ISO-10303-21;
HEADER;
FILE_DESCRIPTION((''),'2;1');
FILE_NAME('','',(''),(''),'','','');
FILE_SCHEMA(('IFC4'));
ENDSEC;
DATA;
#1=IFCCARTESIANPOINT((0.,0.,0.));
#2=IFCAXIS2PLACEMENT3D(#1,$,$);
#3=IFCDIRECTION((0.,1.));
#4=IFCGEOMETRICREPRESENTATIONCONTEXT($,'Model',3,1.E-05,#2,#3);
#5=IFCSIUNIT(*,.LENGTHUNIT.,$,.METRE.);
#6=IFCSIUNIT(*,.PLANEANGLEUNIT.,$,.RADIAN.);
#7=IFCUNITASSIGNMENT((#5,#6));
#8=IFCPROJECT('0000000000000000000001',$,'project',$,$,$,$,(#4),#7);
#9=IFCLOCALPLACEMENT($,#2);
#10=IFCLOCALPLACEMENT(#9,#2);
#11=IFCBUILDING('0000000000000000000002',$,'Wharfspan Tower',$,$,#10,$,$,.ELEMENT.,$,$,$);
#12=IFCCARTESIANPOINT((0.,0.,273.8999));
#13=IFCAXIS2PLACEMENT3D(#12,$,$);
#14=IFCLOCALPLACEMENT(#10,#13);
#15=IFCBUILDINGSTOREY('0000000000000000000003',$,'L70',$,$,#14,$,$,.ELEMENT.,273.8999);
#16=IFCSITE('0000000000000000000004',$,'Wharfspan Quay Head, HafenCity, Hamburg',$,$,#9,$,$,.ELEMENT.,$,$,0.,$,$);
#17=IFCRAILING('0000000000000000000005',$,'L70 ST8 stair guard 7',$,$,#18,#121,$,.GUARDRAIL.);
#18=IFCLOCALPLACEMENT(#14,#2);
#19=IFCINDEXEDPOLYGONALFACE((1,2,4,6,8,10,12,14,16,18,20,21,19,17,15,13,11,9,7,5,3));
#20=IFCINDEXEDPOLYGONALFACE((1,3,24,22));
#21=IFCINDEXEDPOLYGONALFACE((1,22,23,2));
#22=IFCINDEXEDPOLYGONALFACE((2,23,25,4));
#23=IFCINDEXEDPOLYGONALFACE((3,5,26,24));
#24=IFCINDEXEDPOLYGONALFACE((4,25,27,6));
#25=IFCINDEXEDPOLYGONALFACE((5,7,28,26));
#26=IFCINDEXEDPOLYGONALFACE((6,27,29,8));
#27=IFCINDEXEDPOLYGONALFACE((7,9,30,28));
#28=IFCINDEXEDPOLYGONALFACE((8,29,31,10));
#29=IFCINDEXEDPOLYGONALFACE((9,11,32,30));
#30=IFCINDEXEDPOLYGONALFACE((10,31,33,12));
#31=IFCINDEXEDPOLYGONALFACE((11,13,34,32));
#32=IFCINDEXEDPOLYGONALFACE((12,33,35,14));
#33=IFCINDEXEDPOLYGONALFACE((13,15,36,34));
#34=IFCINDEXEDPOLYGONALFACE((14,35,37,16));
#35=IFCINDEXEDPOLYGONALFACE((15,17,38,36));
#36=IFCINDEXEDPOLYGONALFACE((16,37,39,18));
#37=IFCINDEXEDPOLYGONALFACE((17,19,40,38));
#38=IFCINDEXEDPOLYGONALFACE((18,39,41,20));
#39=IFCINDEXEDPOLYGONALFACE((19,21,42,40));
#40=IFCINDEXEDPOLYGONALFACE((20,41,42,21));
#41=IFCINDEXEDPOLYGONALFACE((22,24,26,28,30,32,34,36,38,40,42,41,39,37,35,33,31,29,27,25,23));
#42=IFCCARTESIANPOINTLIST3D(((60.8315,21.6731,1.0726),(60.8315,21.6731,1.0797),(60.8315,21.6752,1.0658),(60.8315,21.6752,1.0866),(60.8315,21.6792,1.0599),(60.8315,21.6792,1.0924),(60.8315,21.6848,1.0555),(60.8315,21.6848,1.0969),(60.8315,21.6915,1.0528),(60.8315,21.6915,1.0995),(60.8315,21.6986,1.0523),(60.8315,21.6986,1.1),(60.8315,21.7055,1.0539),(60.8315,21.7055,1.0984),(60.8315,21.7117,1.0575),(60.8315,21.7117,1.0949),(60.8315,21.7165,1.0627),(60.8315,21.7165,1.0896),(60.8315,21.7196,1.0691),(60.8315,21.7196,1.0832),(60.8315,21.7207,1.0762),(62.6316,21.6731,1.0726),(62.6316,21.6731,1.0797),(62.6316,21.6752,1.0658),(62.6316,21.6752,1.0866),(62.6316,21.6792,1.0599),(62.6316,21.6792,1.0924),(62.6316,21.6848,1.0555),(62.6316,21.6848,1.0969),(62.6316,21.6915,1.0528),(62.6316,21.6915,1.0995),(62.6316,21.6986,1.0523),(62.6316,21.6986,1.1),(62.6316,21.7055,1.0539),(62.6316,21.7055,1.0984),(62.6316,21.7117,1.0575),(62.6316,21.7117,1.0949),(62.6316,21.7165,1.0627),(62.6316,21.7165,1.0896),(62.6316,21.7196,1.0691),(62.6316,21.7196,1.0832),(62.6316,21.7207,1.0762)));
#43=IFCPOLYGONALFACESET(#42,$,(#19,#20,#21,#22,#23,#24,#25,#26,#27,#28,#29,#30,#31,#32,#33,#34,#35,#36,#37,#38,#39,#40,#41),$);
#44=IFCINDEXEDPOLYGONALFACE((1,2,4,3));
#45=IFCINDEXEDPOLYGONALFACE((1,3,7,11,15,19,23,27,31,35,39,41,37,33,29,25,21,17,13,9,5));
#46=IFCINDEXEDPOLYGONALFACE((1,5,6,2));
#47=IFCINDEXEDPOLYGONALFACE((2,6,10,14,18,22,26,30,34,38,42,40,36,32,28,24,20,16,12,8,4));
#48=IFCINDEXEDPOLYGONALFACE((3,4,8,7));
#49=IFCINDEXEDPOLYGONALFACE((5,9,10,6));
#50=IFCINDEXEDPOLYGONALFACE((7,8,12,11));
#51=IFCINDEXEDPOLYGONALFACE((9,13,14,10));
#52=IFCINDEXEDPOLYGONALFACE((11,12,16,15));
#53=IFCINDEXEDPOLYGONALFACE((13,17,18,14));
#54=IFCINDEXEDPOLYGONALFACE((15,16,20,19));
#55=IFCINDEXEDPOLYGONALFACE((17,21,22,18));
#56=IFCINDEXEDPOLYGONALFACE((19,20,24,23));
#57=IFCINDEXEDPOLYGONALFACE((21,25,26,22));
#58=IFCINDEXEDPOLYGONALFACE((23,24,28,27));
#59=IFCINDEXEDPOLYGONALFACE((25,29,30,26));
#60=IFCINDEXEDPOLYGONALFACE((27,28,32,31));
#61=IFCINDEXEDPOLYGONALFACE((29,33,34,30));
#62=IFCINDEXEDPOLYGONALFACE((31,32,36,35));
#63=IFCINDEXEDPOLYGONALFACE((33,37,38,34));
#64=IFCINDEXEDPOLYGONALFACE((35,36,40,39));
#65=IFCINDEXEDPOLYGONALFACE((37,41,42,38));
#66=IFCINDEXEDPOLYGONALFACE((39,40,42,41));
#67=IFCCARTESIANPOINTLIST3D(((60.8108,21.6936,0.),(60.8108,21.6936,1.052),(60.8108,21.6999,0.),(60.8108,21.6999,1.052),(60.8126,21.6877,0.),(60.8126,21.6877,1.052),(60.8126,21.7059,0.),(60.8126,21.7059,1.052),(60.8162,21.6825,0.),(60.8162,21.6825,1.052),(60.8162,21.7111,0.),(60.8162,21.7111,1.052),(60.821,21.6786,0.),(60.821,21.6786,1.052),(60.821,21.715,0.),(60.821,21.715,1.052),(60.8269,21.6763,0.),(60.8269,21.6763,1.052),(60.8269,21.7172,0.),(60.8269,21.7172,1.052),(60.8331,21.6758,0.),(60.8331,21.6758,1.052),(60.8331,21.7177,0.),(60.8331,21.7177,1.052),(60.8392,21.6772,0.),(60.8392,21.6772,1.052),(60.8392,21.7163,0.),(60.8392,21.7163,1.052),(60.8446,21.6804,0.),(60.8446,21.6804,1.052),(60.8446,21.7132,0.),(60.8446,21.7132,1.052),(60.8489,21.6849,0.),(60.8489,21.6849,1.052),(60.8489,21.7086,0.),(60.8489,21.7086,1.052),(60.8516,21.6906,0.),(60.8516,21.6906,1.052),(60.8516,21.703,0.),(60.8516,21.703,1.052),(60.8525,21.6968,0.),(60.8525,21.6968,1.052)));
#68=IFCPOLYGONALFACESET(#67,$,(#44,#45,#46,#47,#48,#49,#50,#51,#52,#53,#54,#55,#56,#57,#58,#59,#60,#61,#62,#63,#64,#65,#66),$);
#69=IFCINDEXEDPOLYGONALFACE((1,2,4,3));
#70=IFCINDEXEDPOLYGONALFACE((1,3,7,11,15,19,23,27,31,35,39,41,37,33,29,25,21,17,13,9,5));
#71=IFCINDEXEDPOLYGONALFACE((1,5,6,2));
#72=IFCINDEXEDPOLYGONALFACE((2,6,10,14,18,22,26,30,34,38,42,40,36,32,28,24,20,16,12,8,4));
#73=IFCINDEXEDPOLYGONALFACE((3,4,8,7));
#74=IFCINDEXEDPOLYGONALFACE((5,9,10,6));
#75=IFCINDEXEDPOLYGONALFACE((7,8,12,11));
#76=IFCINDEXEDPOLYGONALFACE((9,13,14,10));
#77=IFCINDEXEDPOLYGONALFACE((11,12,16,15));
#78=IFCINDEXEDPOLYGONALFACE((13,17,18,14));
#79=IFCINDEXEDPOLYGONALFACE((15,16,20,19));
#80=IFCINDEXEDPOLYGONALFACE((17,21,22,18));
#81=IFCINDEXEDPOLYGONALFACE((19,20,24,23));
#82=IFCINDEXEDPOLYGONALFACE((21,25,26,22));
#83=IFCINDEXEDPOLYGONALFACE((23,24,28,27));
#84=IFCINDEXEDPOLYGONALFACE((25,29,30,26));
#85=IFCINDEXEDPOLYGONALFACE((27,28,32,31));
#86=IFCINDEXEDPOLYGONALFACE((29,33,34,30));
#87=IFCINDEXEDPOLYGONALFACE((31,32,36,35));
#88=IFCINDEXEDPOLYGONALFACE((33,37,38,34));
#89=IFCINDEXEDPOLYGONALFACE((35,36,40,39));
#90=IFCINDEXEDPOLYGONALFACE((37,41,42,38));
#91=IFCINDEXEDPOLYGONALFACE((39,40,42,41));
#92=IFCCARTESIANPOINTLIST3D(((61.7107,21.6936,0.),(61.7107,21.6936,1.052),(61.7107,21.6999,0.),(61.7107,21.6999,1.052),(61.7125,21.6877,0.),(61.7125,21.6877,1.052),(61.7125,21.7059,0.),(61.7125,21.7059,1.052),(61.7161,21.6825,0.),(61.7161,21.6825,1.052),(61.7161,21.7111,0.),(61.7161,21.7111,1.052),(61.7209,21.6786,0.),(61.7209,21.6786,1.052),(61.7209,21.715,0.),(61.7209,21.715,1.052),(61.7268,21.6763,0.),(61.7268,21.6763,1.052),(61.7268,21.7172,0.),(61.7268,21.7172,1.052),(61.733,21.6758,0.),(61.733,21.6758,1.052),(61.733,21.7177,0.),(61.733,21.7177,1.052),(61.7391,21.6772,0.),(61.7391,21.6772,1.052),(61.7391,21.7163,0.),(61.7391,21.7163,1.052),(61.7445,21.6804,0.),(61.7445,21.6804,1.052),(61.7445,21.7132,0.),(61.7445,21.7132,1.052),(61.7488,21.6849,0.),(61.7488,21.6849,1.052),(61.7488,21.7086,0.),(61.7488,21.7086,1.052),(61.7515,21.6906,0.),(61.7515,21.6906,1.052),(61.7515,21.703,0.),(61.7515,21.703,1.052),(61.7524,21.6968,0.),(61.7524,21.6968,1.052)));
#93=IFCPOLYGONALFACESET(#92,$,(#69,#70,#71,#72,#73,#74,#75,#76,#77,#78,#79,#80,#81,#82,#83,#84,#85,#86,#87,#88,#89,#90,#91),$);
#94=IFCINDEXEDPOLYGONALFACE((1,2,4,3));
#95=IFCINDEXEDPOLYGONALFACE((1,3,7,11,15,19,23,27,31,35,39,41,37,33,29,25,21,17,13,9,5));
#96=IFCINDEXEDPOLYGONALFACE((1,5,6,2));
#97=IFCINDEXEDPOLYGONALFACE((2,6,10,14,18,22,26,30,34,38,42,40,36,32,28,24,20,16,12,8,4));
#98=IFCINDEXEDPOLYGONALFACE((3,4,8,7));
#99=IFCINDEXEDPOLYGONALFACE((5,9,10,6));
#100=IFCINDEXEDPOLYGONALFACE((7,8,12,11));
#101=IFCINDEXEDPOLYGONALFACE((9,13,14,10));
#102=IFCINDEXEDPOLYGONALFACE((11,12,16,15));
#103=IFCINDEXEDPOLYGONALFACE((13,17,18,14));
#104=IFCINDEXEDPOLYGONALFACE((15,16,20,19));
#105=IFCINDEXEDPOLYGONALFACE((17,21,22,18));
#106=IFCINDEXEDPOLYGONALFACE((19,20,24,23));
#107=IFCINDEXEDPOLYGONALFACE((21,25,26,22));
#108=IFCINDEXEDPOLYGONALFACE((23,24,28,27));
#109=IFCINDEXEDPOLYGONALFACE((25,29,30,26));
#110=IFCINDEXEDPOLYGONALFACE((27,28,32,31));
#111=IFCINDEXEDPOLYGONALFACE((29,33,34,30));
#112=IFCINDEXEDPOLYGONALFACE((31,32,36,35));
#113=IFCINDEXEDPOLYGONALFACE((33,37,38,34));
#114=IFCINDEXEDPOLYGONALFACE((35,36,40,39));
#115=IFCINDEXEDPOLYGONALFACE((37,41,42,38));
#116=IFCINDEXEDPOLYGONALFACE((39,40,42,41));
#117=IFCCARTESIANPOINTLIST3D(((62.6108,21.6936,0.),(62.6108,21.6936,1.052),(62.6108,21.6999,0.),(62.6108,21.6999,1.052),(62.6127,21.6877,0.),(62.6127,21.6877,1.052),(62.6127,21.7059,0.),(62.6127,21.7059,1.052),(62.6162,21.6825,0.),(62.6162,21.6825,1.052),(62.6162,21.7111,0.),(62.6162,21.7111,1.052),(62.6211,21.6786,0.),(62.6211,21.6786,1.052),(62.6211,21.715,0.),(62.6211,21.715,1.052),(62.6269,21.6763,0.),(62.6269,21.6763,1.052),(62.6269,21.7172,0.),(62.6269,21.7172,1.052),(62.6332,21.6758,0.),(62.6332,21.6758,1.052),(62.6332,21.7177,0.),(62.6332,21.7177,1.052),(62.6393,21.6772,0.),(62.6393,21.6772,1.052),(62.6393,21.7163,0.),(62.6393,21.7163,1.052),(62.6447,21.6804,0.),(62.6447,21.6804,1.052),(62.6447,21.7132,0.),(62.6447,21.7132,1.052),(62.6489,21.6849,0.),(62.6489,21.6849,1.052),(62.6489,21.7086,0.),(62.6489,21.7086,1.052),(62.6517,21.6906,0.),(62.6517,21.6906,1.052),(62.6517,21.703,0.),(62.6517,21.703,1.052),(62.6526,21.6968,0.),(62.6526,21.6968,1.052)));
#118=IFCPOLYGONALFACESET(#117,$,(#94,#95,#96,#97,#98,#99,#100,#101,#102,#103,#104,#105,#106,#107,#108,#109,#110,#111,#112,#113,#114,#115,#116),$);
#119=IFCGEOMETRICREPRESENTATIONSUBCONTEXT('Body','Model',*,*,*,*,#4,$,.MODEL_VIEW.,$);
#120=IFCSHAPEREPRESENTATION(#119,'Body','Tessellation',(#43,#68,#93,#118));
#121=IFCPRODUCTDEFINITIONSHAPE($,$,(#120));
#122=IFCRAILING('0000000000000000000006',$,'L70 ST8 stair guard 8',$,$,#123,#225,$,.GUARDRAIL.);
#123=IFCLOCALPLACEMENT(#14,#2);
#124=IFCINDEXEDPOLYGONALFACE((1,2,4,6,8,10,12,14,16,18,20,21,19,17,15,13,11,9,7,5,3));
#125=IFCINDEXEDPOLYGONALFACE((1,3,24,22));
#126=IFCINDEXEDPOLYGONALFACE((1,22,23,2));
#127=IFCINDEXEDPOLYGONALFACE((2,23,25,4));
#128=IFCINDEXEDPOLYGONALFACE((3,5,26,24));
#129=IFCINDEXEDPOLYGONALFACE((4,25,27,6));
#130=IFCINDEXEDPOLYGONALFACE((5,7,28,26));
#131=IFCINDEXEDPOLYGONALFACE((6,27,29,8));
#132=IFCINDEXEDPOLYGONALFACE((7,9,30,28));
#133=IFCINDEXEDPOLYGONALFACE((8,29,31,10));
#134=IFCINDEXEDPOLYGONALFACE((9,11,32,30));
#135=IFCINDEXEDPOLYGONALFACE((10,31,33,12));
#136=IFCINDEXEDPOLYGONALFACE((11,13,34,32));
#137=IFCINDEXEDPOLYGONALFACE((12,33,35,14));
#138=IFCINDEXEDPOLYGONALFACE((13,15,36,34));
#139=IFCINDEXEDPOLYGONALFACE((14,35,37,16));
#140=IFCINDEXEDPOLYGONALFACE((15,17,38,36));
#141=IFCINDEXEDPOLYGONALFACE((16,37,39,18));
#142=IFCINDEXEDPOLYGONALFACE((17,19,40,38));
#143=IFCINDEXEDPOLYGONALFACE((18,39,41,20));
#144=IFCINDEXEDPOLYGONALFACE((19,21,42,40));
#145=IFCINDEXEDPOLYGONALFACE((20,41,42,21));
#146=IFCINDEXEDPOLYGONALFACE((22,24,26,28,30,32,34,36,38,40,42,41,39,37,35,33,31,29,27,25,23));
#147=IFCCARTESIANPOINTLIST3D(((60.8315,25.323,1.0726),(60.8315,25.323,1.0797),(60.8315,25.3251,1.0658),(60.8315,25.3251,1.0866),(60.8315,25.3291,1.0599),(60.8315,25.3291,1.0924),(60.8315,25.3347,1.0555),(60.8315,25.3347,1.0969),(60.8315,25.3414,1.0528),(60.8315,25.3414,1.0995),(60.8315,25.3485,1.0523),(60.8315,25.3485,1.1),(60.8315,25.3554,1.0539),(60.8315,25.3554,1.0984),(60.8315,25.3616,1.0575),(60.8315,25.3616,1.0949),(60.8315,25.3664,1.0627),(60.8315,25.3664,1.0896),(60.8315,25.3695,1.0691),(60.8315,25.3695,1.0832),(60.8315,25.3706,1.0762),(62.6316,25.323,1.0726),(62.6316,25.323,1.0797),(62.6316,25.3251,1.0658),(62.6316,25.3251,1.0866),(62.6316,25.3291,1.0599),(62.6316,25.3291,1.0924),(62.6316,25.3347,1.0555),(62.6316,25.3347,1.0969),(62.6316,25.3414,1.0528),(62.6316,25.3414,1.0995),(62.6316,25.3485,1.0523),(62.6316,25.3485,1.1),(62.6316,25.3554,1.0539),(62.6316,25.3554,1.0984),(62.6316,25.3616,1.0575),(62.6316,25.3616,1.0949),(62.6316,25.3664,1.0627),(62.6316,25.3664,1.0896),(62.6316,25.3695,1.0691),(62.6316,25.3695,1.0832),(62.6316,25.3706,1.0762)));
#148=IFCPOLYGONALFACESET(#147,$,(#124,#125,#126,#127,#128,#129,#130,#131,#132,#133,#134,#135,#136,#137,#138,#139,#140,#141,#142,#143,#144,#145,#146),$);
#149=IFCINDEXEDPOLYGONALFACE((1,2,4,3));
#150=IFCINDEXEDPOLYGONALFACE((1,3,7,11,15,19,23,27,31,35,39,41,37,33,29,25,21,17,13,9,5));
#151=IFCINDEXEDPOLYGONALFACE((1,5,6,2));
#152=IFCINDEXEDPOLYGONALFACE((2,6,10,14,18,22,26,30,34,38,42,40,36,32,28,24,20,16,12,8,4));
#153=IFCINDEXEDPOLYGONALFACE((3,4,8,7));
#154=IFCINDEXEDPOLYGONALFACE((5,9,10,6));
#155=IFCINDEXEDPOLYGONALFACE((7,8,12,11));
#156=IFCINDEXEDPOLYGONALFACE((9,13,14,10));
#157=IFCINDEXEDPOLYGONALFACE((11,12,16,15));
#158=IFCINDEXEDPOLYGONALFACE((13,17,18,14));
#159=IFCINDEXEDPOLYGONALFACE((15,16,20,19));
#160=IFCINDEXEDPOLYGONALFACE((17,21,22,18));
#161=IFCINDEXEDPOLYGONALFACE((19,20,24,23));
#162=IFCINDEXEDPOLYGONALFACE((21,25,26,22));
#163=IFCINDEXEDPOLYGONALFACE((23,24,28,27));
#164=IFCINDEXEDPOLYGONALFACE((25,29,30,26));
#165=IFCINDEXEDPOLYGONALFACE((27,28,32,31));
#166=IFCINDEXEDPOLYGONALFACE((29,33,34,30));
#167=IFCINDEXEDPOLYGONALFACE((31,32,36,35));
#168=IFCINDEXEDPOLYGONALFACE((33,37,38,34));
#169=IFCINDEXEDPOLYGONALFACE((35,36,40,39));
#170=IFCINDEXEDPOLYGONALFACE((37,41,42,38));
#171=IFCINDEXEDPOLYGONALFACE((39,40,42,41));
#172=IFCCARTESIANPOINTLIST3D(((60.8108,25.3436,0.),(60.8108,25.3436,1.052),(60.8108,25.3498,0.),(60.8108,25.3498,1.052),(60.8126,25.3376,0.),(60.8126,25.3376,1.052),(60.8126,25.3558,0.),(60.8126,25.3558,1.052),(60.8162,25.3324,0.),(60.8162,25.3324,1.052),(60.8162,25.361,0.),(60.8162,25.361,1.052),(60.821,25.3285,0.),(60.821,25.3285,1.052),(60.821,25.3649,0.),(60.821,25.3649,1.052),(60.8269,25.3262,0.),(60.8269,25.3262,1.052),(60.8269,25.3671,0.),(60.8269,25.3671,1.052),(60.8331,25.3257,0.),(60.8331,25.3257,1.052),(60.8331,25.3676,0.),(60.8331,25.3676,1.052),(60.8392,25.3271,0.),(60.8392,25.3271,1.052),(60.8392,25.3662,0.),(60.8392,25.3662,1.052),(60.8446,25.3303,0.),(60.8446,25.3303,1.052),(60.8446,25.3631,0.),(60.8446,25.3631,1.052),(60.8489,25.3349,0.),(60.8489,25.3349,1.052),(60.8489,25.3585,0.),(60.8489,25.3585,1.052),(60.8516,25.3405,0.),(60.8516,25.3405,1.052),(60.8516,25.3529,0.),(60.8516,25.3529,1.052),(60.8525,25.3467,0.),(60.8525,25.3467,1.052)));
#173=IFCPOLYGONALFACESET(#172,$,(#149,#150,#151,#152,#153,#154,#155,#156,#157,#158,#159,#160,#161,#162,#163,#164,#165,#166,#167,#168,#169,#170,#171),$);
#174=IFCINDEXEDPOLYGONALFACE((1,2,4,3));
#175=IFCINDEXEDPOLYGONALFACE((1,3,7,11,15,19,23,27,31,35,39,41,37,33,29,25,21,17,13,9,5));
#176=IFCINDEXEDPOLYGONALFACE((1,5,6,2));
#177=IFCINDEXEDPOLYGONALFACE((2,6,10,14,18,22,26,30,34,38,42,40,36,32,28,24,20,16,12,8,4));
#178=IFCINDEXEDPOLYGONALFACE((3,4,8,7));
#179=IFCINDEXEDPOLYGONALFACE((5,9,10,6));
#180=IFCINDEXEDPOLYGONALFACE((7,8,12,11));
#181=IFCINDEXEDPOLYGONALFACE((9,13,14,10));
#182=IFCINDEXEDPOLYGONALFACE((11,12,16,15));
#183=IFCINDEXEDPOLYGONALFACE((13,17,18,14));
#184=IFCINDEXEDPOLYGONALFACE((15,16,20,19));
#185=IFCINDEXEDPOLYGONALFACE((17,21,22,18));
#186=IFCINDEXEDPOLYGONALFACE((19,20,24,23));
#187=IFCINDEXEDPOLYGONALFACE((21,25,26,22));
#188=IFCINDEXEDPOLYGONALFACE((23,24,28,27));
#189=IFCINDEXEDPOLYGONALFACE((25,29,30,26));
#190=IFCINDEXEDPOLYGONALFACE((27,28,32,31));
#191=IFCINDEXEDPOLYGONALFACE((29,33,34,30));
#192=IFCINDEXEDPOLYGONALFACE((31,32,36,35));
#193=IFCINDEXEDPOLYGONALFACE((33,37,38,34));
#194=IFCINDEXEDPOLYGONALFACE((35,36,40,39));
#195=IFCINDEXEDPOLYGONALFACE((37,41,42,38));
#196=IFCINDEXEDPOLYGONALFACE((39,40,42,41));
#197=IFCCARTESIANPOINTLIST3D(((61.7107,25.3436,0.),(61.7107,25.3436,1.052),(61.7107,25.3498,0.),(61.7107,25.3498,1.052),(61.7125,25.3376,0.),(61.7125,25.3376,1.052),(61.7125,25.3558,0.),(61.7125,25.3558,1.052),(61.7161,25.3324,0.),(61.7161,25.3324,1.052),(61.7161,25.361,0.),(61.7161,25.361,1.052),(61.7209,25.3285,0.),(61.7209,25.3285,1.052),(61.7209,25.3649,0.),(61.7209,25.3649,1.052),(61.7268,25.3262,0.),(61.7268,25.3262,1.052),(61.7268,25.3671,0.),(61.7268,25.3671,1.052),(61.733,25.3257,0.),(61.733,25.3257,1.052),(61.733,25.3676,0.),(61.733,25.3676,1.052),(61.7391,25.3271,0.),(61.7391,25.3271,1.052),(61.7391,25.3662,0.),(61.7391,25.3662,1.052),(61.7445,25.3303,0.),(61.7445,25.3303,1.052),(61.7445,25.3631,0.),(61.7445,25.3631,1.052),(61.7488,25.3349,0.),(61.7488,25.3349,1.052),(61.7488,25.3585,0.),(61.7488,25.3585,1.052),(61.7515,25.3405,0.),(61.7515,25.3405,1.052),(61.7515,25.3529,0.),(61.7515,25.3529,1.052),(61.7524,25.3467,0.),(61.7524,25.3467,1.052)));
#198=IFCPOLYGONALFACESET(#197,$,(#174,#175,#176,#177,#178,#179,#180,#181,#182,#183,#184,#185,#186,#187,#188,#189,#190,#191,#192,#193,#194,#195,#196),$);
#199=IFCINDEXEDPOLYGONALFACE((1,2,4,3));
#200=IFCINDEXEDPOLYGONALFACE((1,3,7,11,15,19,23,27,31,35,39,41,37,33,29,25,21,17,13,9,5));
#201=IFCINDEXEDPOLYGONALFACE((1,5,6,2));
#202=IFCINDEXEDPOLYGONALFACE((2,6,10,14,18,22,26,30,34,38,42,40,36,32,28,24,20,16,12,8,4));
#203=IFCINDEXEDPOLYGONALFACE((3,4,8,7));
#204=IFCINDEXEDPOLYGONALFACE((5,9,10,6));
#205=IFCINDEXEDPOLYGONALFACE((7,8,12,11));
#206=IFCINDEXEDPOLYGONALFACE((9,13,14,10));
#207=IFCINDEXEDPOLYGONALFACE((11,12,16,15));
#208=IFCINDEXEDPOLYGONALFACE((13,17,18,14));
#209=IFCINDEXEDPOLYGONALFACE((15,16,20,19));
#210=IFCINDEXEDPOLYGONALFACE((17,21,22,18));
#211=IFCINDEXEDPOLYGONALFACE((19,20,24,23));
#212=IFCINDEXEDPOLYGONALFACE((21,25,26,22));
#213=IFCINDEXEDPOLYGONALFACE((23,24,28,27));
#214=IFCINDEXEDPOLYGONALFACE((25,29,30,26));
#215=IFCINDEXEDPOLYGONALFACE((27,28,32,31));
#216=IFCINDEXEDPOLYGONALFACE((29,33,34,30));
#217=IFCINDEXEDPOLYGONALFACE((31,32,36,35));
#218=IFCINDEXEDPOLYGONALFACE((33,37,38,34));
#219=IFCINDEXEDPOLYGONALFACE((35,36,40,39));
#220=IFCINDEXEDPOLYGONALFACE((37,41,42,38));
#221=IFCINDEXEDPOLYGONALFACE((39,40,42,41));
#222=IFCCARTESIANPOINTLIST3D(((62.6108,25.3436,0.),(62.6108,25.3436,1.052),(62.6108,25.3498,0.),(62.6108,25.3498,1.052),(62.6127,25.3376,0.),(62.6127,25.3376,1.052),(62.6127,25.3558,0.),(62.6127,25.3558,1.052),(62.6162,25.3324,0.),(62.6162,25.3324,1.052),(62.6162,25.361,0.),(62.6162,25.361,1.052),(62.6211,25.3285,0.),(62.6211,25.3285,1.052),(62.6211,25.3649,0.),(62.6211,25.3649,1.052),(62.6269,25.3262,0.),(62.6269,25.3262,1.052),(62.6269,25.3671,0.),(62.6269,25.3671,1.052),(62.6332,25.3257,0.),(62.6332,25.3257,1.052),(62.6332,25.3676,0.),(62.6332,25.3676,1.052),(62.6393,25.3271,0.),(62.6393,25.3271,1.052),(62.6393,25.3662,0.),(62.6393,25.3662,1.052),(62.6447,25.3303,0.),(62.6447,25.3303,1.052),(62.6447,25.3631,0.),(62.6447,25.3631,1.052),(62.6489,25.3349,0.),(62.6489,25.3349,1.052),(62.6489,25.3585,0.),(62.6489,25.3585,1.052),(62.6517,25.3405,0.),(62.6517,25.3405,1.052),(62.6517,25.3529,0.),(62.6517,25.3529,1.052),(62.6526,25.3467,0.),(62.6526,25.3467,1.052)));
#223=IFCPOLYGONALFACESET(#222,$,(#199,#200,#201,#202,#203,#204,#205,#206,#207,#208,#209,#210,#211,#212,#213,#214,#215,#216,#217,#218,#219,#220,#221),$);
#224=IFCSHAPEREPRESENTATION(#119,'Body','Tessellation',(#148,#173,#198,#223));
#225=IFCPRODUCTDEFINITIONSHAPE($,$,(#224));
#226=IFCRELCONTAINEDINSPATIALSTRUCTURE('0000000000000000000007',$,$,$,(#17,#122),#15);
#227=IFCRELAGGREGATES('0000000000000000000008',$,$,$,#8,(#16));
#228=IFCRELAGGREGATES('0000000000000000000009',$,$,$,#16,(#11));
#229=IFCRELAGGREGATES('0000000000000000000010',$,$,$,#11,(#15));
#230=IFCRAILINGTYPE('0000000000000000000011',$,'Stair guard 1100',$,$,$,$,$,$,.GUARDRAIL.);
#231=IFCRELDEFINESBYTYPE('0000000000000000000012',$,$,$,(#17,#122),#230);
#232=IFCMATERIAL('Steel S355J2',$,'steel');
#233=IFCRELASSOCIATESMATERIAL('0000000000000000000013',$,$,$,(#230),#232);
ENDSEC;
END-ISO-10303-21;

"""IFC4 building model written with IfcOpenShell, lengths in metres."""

from ifc_helpers import new_model, si_unit, direction, frame, origin, origin_2d, place, context, subcontext, project, spatial, circle, extrude, material, type_object, element, save


model = new_model("IFC4")

# Units and contexts
model_context = context("Model", 3, precision=1e-05, world=origin(), true_north=direction((0.0, 1.0)))
body_context = subcontext(model_context, "Body", "Model", "MODEL_VIEW")
ifc_project = project(units=[si_unit("LENGTHUNIT", "METRE"), si_unit("PLANEANGLEUNIT", "RADIAN")], contexts=[model_context])

# Site, building, storey
site_placement = place(None, origin())
site = spatial("IfcSite", under=ifc_project, at=site_placement, Name="Wharfspan Quay Head, HafenCity, Hamburg", CompositionType="ELEMENT", RefElevation=0.0)
building_placement = place(site_placement, origin())
building = spatial("IfcBuilding", under=site, at=building_placement, Name="Wharfspan Tower", CompositionType="ELEMENT")
storey_placement = place(building_placement, frame((0.0, 0.0, 273.8999)))
storey = spatial("IfcBuildingStorey", under=building, at=storey_placement, Name="L70", CompositionType="ELEMENT", Elevation=273.8999)

# Shared definitions
ifc_material_1 = material(Name="Steel S355J2", Category="steel")

# Railings
railing_type_1 = type_object("IfcRailingType", Name="Stair guard 1100", PredefinedType="GUARDRAIL", material=ifc_material_1)
for number, where, name in (
    (1, (60.8315, 21.6968, 0.0), "L70 ST8 stair guard 7"),
    (2, (60.8315, 25.3467, 0.0), "L70 ST8 stair guard 8"),
):
    element("IfcRailing", number, at=place(storey_placement, frame(where)), inside=storey, type_object=railing_type_1, Name=name, PredefinedType="GUARDRAIL", context=body_context, shape_type="SweptSolid", body=[
        extrude(circle(Radius=0.0239, at=origin_2d()), frame((0.0, 0.0, 1.0762), z_axis=(1.0, 0.0, 0.0), x_axis=(0.0, 1.0, 0.0)), (0.0, 0.0, 1.0), 1.8),
        extrude(circle(Radius=0.021, at=origin_2d()), origin(), (0.0, 0.0, 1.0), 1.052),
        extrude(circle(Radius=0.021, at=origin_2d()), frame((0.8999, 0.0, 0.0)), (0.0, 0.0, 1.0), 1.052),
        extrude(circle(Radius=0.021, at=origin_2d()), frame((1.8, 0.0, 0.0)), (0.0, 0.0, 1.0), 1.052),
    ])

save(model, "model.ifc")
